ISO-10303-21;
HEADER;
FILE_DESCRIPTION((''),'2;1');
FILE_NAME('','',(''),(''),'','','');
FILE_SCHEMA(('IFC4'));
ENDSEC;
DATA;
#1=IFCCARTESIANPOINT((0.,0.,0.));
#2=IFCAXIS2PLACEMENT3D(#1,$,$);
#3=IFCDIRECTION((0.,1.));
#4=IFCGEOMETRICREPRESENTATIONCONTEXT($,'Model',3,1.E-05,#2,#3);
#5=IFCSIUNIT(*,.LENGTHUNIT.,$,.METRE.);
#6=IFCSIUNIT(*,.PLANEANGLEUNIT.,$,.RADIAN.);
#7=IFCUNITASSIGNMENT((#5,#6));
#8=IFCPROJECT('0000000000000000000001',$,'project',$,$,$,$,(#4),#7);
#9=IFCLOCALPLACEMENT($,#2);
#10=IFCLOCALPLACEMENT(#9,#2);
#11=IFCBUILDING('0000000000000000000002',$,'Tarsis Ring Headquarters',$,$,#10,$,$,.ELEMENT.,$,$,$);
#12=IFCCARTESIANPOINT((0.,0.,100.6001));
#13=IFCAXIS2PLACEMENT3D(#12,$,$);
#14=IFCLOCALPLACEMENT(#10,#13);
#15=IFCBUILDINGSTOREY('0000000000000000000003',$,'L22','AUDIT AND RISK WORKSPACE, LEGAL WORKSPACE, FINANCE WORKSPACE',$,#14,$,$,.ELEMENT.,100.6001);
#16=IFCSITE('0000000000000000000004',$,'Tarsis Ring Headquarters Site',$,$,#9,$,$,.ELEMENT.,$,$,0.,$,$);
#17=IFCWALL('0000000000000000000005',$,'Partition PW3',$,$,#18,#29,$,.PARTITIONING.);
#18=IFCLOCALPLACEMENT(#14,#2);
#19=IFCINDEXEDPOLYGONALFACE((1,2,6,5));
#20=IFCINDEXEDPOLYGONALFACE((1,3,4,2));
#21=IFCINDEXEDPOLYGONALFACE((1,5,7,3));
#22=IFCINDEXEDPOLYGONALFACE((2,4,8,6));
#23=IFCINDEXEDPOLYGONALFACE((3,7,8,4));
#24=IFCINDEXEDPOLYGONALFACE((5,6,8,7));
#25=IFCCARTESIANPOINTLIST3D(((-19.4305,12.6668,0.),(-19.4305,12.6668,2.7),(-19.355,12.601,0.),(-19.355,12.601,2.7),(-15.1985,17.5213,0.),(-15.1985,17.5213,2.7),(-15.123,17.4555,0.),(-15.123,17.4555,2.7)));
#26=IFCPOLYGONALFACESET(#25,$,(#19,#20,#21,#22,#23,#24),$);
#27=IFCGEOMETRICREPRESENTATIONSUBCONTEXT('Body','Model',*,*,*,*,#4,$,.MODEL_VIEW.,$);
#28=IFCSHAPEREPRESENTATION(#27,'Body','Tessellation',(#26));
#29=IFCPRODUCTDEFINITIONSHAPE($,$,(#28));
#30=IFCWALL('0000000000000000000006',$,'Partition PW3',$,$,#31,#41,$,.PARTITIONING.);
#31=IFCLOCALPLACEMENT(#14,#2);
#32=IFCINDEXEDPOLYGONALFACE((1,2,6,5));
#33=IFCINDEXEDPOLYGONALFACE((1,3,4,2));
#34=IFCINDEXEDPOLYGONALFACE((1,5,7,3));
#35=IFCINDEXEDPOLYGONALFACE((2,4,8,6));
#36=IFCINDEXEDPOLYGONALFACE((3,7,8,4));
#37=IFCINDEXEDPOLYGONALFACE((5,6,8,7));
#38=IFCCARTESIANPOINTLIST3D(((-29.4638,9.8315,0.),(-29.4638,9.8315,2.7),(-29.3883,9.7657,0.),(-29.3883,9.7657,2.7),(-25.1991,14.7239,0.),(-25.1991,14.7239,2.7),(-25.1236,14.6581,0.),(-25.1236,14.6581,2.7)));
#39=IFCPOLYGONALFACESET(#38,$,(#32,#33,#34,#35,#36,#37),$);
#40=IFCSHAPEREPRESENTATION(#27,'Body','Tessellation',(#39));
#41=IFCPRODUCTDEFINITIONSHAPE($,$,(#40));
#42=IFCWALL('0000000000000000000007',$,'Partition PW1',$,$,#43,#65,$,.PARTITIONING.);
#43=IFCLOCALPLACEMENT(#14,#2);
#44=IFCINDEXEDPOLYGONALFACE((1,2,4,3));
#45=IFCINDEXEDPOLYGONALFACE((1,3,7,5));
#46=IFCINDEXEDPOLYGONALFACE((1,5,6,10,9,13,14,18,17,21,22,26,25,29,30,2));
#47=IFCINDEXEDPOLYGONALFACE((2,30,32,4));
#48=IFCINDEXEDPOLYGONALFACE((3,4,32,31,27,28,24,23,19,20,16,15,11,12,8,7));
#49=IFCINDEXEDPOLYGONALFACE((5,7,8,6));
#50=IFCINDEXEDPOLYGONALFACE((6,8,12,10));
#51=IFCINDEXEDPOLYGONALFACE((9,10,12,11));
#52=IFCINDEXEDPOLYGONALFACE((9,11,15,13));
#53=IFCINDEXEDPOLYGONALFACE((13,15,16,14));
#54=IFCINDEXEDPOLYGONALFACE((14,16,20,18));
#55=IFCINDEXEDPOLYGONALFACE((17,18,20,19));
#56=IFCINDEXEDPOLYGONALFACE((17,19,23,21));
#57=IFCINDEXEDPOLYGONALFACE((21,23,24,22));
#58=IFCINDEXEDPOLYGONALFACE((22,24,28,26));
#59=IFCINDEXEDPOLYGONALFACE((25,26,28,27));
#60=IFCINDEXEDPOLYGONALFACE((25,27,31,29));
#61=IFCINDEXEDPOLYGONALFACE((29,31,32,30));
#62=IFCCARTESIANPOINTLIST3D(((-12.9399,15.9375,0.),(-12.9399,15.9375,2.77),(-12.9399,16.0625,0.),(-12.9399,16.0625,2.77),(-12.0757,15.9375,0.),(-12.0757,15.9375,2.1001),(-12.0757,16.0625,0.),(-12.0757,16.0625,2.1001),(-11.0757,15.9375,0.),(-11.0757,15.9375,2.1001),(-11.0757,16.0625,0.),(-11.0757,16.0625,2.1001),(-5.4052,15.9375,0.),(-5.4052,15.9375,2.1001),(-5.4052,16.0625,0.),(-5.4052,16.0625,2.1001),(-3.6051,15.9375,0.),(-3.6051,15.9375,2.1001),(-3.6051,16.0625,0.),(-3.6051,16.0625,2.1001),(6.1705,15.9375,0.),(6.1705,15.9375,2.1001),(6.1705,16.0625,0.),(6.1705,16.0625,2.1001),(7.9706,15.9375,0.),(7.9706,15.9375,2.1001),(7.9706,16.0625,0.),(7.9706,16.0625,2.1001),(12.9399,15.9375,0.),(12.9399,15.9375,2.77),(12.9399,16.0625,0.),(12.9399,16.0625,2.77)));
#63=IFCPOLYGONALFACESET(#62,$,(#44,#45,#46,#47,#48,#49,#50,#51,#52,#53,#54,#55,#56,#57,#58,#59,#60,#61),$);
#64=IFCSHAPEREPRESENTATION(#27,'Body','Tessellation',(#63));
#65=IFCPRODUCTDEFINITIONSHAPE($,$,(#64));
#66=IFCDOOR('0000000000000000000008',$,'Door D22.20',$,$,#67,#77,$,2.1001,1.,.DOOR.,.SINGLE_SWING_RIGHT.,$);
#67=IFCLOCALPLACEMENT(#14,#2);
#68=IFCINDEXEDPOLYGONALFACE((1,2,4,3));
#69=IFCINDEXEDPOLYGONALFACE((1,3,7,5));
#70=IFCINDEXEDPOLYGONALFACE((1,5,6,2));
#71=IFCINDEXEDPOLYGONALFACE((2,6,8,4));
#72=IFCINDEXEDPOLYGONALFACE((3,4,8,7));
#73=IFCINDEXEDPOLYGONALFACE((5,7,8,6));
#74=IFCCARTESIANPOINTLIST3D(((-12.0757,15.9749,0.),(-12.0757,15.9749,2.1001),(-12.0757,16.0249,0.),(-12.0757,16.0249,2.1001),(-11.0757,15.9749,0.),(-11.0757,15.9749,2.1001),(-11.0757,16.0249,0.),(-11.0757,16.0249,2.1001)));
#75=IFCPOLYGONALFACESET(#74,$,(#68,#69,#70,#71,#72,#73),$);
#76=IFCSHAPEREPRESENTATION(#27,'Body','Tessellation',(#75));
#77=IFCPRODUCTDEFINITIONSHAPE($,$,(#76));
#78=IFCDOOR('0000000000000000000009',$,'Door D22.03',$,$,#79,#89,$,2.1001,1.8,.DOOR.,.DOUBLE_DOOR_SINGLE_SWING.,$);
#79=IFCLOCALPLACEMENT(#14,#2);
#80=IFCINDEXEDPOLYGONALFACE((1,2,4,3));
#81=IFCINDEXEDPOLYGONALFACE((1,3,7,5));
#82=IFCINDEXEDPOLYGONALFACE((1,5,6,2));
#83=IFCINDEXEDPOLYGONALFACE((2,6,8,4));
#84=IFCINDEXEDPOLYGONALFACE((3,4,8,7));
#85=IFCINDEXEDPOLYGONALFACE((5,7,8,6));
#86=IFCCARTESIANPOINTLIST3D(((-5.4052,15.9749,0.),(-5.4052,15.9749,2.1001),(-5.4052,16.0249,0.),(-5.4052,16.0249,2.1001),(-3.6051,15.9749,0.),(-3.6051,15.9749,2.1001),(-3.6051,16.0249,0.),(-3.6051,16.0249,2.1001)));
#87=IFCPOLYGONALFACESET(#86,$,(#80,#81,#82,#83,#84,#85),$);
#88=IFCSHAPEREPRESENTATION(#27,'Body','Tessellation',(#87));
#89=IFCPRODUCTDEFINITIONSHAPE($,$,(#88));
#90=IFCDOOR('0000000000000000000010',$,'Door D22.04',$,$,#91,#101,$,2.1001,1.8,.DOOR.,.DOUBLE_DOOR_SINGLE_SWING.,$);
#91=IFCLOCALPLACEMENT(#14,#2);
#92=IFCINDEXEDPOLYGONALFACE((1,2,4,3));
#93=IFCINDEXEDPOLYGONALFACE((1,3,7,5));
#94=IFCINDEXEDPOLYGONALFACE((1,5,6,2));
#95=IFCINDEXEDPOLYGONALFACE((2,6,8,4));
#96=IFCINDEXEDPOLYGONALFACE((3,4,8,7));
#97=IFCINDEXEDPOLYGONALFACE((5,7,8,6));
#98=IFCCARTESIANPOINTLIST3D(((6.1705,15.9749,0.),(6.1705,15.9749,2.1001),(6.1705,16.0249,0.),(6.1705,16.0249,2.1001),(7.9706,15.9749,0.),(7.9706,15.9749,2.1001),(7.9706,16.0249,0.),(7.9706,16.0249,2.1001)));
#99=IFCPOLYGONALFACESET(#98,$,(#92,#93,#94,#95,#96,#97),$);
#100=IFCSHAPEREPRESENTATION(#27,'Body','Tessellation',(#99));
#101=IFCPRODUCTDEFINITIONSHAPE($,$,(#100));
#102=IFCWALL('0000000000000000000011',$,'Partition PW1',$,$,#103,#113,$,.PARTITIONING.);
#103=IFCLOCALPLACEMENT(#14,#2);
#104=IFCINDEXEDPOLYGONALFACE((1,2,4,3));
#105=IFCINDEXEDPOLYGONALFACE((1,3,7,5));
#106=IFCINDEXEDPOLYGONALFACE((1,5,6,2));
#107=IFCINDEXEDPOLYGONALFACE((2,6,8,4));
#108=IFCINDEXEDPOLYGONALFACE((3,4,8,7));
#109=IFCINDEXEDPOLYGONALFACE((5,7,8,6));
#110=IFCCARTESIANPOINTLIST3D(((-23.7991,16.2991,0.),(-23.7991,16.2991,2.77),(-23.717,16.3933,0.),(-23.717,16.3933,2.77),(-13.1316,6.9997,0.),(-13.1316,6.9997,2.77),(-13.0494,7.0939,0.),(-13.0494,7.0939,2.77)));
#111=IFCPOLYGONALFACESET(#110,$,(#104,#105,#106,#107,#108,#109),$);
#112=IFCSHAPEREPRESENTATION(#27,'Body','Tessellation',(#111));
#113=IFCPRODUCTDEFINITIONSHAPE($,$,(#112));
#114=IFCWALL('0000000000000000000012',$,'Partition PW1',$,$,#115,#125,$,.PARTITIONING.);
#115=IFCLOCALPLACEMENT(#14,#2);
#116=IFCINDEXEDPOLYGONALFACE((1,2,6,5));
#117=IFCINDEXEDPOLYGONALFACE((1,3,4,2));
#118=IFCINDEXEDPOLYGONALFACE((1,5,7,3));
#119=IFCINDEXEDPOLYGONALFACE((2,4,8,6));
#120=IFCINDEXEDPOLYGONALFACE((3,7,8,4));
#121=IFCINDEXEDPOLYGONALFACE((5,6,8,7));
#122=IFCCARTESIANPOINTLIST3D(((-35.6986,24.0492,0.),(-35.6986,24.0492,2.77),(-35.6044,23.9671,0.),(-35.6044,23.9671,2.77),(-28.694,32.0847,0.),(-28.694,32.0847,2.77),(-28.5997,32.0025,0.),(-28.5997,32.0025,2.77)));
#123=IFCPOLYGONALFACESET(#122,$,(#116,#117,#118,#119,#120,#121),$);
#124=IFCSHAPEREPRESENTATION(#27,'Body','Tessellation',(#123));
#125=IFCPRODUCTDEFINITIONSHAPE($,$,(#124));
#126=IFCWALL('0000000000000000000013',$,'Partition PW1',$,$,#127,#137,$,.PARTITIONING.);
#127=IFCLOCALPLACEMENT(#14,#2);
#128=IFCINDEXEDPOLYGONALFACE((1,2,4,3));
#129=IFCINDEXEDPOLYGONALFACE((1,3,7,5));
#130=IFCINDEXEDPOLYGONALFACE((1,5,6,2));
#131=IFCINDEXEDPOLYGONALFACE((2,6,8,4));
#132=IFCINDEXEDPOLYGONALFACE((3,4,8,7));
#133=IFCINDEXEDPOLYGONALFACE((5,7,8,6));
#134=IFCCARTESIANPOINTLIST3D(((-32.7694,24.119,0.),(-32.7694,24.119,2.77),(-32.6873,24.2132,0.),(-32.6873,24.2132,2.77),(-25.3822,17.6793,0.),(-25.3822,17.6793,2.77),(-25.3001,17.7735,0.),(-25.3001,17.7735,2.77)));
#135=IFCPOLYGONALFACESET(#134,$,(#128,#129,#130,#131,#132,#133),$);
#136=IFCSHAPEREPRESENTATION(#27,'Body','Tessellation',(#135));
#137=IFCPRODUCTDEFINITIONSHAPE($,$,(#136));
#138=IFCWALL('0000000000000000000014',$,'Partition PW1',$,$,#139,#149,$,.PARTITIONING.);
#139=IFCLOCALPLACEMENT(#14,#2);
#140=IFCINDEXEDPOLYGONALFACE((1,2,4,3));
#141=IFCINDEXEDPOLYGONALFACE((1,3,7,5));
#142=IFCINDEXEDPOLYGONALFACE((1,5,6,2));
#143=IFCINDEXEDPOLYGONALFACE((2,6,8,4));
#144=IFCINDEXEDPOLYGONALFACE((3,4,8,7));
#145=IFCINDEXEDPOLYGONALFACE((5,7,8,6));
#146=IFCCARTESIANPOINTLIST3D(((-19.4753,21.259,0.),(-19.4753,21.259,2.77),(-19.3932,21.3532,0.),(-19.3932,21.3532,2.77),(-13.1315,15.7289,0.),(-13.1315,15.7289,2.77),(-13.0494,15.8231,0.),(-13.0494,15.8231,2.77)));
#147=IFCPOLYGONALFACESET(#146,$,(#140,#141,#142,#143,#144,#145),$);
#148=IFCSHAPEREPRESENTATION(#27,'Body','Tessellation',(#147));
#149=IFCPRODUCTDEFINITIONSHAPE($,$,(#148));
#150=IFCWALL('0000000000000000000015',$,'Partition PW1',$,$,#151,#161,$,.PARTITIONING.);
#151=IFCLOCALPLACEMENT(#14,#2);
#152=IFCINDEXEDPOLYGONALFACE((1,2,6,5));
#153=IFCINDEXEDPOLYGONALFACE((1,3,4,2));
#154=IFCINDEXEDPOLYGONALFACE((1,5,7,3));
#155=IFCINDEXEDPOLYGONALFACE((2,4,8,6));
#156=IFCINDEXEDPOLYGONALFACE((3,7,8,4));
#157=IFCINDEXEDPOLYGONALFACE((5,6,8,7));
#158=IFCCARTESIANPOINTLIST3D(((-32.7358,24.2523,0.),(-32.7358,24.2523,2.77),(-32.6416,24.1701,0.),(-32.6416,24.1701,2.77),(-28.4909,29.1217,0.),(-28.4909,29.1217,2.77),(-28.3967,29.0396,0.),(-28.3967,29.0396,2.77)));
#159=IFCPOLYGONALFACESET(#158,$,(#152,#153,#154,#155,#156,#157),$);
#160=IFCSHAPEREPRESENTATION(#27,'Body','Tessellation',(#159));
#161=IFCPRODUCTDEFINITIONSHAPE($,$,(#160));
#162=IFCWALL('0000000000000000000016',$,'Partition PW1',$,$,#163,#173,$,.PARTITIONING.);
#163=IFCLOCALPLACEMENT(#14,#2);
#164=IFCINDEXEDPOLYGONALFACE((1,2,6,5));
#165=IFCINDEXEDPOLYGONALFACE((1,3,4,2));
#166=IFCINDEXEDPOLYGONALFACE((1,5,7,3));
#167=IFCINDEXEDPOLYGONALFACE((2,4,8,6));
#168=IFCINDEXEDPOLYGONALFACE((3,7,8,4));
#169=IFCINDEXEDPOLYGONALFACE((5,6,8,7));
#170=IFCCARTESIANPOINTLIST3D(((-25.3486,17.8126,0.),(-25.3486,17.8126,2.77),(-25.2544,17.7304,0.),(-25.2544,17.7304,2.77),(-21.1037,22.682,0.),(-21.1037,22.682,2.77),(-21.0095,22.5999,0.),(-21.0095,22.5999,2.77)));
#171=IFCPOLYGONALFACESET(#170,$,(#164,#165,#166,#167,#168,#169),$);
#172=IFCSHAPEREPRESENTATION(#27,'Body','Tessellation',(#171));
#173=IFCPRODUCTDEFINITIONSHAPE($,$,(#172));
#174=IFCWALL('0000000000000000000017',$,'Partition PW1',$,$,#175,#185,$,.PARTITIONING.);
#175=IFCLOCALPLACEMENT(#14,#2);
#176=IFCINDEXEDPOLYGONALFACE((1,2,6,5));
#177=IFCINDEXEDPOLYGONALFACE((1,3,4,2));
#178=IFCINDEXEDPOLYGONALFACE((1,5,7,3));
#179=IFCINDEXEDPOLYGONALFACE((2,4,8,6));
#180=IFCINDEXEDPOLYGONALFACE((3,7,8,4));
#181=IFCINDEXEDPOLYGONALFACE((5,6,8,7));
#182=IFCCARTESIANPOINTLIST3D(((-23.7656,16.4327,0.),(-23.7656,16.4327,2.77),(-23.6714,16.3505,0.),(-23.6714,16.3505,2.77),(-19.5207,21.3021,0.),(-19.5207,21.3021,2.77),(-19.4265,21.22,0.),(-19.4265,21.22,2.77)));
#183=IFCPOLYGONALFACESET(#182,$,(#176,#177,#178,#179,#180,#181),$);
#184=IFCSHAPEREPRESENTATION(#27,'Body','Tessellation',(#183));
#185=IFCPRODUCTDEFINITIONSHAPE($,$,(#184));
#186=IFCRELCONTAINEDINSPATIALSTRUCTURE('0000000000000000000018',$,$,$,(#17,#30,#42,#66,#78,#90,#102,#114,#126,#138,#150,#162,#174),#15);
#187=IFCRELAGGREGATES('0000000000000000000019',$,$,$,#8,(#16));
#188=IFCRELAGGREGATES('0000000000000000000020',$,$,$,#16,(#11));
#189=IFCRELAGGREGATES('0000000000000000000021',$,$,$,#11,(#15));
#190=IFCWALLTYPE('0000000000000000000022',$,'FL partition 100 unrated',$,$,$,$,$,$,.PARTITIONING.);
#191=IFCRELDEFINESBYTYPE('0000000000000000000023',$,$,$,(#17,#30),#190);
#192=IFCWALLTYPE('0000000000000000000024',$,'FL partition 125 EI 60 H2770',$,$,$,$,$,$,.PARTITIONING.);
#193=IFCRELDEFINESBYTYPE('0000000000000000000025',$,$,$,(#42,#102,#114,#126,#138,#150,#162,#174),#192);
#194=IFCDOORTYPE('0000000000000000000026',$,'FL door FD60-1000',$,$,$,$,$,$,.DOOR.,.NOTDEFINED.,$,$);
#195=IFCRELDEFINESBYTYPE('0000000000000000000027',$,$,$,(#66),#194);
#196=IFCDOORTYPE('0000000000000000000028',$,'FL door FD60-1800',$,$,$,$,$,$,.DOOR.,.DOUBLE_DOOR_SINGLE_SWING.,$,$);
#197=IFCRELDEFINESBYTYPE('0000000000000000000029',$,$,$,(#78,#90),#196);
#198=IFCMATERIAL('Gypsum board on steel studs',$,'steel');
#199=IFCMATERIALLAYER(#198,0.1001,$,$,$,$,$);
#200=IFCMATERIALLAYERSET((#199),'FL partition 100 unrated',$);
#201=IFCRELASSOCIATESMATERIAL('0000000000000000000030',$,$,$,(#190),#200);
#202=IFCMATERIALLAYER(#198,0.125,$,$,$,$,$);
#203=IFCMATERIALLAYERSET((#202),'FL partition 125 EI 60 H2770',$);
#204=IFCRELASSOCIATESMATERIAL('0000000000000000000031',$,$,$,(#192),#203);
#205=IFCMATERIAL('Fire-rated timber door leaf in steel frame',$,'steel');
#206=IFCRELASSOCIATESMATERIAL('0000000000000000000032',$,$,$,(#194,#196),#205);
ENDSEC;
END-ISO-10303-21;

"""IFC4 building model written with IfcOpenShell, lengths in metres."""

from ifc_helpers import new_model, si_unit, direction, frame, frame_2d, origin, place, context, subcontext, project, spatial, rectangle, extrude, material, layer, layer_set, type_object, element, fill, save


model = new_model("IFC4")

# Units and contexts
model_context = context("Model", 3, precision=1e-05, world=origin(), true_north=direction((0.0, 1.0)))
body_context = subcontext(model_context, "Body", "Model", "MODEL_VIEW")
ifc_project = project(units=[si_unit("LENGTHUNIT", "METRE"), si_unit("PLANEANGLEUNIT", "RADIAN")], contexts=[model_context])

# Site, building, storey
site_placement = place(None, origin())
site = spatial("IfcSite", under=ifc_project, at=site_placement, Name="Tarsis Ring Headquarters Site", CompositionType="ELEMENT", RefElevation=0.0)
building_placement = place(site_placement, origin())
building = spatial("IfcBuilding", under=site, at=building_placement, Name="Tarsis Ring Headquarters", CompositionType="ELEMENT")
storey_placement = place(building_placement, frame((0.0, 0.0, 100.6001)))
storey = spatial("IfcBuildingStorey", under=building, at=storey_placement, Name="L22", Description="AUDIT AND RISK WORKSPACE, LEGAL WORKSPACE, FINANCE WORKSPACE", CompositionType="ELEMENT", Elevation=100.6001)

# Walls
ifc_material_1 = material(Name="Gypsum board on steel studs", Category="steel")
ifc_layer_1 = layer(ifc_material_1, 0.1001)
ifc_layer_set_1 = layer_set([ifc_layer_1], Name="FL partition 100 unrated")
wall_type_1 = type_object("IfcWallType", Name="FL partition 100 unrated", PredefinedType="PARTITIONING", material=ifc_layer_set_1)
wall_1_placement = place(storey_placement, frame((-19.3928, 12.6338, 0.0), z_axis=(0.0, 0.0, 1.0), x_axis=(0.657119, 0.753787, 0.0)))
element("IfcWall", 1, at=wall_1_placement, inside=storey, type_object=wall_type_1, Name="Partition PW3", PredefinedType="PARTITIONING", context=body_context, shape_type="SweptSolid", body=[
    extrude(rectangle(XDim=6.4402, YDim=0.1001, at=frame_2d((3.2202, 0.0))), origin(), (0.0, 0.0, 1.0), 2.7),
])
wall_2_placement = place(storey_placement, frame((-29.426, 9.7986, 0.0), z_axis=(0.0, 0.0, 1.0), x_axis=(0.657095, 0.753808, 0.0)))
element("IfcWall", 2, at=wall_2_placement, inside=storey, type_object=wall_type_1, Name="Partition PW3", PredefinedType="PARTITIONING", context=body_context, shape_type="SweptSolid", body=[
    extrude(rectangle(XDim=6.4902, YDim=0.1001, at=frame_2d((3.2451, 0.0))), origin(), (0.0, 0.0, 1.0), 2.7),
])

# Wall, openings, doors
ifc_layer_2 = layer(ifc_material_1, 0.125)
ifc_layer_set_2 = layer_set([ifc_layer_2], Name="FL partition 125 EI 60 H2770")
wall_type_2 = type_object("IfcWallType", Name="FL partition 125 EI 60 H2770", PredefinedType="PARTITIONING", material=ifc_layer_set_2)
wall_3_placement = place(storey_placement, frame((-12.9399, 16.0, 0.0), z_axis=(0.0, 0.0, 1.0), x_axis=(1.0, 0.0, 0.0)))
wall_3 = element("IfcWall", 3, at=wall_3_placement, inside=storey, type_object=wall_type_2, Name="Partition PW1", PredefinedType="PARTITIONING", context=body_context, shape_type="SweptSolid", body=[
    extrude(rectangle(XDim=25.8799, YDim=0.125, at=frame_2d((12.9399, 0.0))), origin(), (0.0, 0.0, 1.0), 2.77),
])
opening_1_placement = place(wall_3_placement, frame((7.5349, 0.0, 0.0)))
opening_1 = element("IfcOpeningElement", 4, at=opening_1_placement, cuts=wall_3, PredefinedType="OPENING", context=body_context, shape_type="SweptSolid", body=[
    extrude(rectangle(XDim=1.8, YDim=2.1001, at=frame_2d((0.8999, 1.05))), frame((0.0, 0.0725, 0.0), z_axis=(0.0, -1.0, 0.0), x_axis=(1.0, 0.0, 0.0)), (0.0, 0.0, 1.0), 0.145),
])
opening_2_placement = place(wall_3_placement, frame((19.1106, 0.0, 0.0)))
opening_2 = element("IfcOpeningElement", 5, at=opening_2_placement, cuts=wall_3, PredefinedType="OPENING", context=body_context, shape_type="SweptSolid", body=[
    extrude(rectangle(XDim=1.8, YDim=2.1001, at=frame_2d((0.8999, 1.05))), frame((0.0, 0.0725, 0.0), z_axis=(0.0, -1.0, 0.0), x_axis=(1.0, 0.0, 0.0)), (0.0, 0.0, 1.0), 0.145),
])
opening_3_placement = place(wall_3_placement, frame((0.8643, 0.0, 0.0)))
opening_3 = element("IfcOpeningElement", 6, at=opening_3_placement, cuts=wall_3, PredefinedType="OPENING", context=body_context, shape_type="SweptSolid", body=[
    extrude(rectangle(XDim=1.0, YDim=2.1001, at=frame_2d((0.5, 1.05))), frame((0.0, 0.0725, 0.0), z_axis=(0.0, -1.0, 0.0), x_axis=(1.0, 0.0, 0.0)), (0.0, 0.0, 1.0), 0.145),
])
ifc_material_2 = material(Name="Fire-rated timber door leaf in steel frame", Category="steel")
door_type_1 = type_object("IfcDoorType", Name="FL door FD60-1000", OperationType="NOTDEFINED", PredefinedType="DOOR", material=ifc_material_2)
door_1_placement = place(opening_3_placement, origin())
door_1 = element("IfcDoor", 7, at=door_1_placement, inside=storey, type_object=door_type_1, Name="Door D22.20", OperationType="SINGLE_SWING_RIGHT", OverallHeight=2.1001, OverallWidth=1.0, PredefinedType="DOOR", context=body_context, shape_type="SweptSolid", body=[
    extrude(rectangle(XDim=1.0, YDim=2.1001, at=frame_2d((0.5, 1.05))), frame((0.0, 0.0249, 0.0), z_axis=(0.0, -1.0, 0.0), x_axis=(1.0, 0.0, 0.0)), (0.0, 0.0, 1.0), 0.05),
])
fill(opening_3, door_1)
door_type_2 = type_object("IfcDoorType", Name="FL door FD60-1800", OperationType="DOUBLE_DOOR_SINGLE_SWING", PredefinedType="DOOR", material=ifc_material_2)
door_2_placement = place(opening_1_placement, origin())
door_2 = element("IfcDoor", 8, at=door_2_placement, inside=storey, type_object=door_type_2, Name="Door D22.03", OperationType="DOUBLE_DOOR_SINGLE_SWING", OverallHeight=2.1001, OverallWidth=1.8, PredefinedType="DOOR", context=body_context, shape_type="SweptSolid", body=[
    extrude(rectangle(XDim=1.8, YDim=2.1001, at=frame_2d((0.8999, 1.05))), frame((0.0, 0.0249, 0.0), z_axis=(0.0, -1.0, 0.0), x_axis=(1.0, 0.0, 0.0)), (0.0, 0.0, 1.0), 0.05),
])
fill(opening_1, door_2)
door_3_placement = place(opening_2_placement, origin())
door_3 = element("IfcDoor", 9, at=door_3_placement, inside=storey, type_object=door_type_2, Name="Door D22.04", OperationType="DOUBLE_DOOR_SINGLE_SWING", OverallHeight=2.1001, OverallWidth=1.8, PredefinedType="DOOR", context=body_context, shape_type="SweptSolid", body=[
    extrude(rectangle(XDim=1.8, YDim=2.1001, at=frame_2d((0.8999, 1.05))), frame((0.0, 0.0249, 0.0), z_axis=(0.0, -1.0, 0.0), x_axis=(1.0, 0.0, 0.0)), (0.0, 0.0, 1.0), 0.05),
])
fill(opening_2, door_3)

# Walls
wall_4_placement = place(storey_placement, frame((-23.7581, 16.3462, 0.0), z_axis=(0.0, 0.0, 1.0), x_axis=(0.753792, -0.657114, 0.0)))
element("IfcWall", 10, at=wall_4_placement, inside=storey, type_object=wall_type_2, Name="Partition PW1", PredefinedType="PARTITIONING", context=body_context, shape_type="SweptSolid", body=[
    extrude(rectangle(XDim=14.1519, YDim=0.125, at=frame_2d((7.0759, 0.0))), origin(), (0.0, 0.0, 1.0), 2.77),
])
wall_5_placement = place(storey_placement, frame((-35.6516, 24.0081, 0.0), z_axis=(0.0, 0.0, 1.0), x_axis=(0.657104, 0.7538, 0.0)))
element("IfcWall", 11, at=wall_5_placement, inside=storey, type_object=wall_type_2, Name="Partition PW1", PredefinedType="PARTITIONING", context=body_context, shape_type="SweptSolid", body=[
    extrude(rectangle(XDim=10.6599, YDim=0.125, at=frame_2d((5.3301, 0.0))), origin(), (0.0, 0.0, 1.0), 2.77),
])
wall_6_placement = place(storey_placement, frame((-32.7283, 24.166, 0.0), z_axis=(0.0, 0.0, 1.0), x_axis=(0.753795, -0.65711, 0.0)))
element("IfcWall", 12, at=wall_6_placement, inside=storey, type_object=wall_type_2, Name="Partition PW1", PredefinedType="PARTITIONING", context=body_context, shape_type="SweptSolid", body=[
    extrude(rectangle(XDim=9.8, YDim=0.125, at=frame_2d((4.8999, 0.0))), origin(), (0.0, 0.0, 1.0), 2.77),
])
wall_7_placement = place(storey_placement, frame((-19.4343, 21.3062, 0.0), z_axis=(0.0, 0.0, 1.0), x_axis=(0.753797, -0.657107, 0.0)))
element("IfcWall", 13, at=wall_7_placement, inside=storey, type_object=wall_type_2, Name="Partition PW1", PredefinedType="PARTITIONING", context=body_context, shape_type="SweptSolid", body=[
    extrude(rectangle(XDim=8.4158, YDim=0.125, at=frame_2d((4.208, 0.0))), origin(), (0.0, 0.0, 1.0), 2.77),
])
for number, where, z_axis, x_axis, name in (
    (14, (-32.6887, 24.2112, 0.0), (0.0, 0.0, 1.0), (0.657115, 0.75379, 0.0), "Partition PW1"),
    (15, (-25.3015, 17.7715, 0.0), (0.0, 0.0, 1.0), (0.657115, 0.75379, 0.0), "Partition PW1"),
    (16, (-23.7185, 16.3916, 0.0), (0.0, 0.0, 1.0), (0.657115, 0.75379, 0.0), "Partition PW1"),
):
    element("IfcWall", number, at=place(storey_placement, frame(where, z_axis=z_axis, x_axis=x_axis)), inside=storey, type_object=wall_type_2, Name=name, PredefinedType="PARTITIONING", context=body_context, shape_type="SweptSolid", body=[
        extrude(rectangle(XDim=6.46, YDim=0.125, at=frame_2d((3.23, 0.0))), origin(), (0.0, 0.0, 1.0), 2.77),
    ])

save(model, "model.ifc")
